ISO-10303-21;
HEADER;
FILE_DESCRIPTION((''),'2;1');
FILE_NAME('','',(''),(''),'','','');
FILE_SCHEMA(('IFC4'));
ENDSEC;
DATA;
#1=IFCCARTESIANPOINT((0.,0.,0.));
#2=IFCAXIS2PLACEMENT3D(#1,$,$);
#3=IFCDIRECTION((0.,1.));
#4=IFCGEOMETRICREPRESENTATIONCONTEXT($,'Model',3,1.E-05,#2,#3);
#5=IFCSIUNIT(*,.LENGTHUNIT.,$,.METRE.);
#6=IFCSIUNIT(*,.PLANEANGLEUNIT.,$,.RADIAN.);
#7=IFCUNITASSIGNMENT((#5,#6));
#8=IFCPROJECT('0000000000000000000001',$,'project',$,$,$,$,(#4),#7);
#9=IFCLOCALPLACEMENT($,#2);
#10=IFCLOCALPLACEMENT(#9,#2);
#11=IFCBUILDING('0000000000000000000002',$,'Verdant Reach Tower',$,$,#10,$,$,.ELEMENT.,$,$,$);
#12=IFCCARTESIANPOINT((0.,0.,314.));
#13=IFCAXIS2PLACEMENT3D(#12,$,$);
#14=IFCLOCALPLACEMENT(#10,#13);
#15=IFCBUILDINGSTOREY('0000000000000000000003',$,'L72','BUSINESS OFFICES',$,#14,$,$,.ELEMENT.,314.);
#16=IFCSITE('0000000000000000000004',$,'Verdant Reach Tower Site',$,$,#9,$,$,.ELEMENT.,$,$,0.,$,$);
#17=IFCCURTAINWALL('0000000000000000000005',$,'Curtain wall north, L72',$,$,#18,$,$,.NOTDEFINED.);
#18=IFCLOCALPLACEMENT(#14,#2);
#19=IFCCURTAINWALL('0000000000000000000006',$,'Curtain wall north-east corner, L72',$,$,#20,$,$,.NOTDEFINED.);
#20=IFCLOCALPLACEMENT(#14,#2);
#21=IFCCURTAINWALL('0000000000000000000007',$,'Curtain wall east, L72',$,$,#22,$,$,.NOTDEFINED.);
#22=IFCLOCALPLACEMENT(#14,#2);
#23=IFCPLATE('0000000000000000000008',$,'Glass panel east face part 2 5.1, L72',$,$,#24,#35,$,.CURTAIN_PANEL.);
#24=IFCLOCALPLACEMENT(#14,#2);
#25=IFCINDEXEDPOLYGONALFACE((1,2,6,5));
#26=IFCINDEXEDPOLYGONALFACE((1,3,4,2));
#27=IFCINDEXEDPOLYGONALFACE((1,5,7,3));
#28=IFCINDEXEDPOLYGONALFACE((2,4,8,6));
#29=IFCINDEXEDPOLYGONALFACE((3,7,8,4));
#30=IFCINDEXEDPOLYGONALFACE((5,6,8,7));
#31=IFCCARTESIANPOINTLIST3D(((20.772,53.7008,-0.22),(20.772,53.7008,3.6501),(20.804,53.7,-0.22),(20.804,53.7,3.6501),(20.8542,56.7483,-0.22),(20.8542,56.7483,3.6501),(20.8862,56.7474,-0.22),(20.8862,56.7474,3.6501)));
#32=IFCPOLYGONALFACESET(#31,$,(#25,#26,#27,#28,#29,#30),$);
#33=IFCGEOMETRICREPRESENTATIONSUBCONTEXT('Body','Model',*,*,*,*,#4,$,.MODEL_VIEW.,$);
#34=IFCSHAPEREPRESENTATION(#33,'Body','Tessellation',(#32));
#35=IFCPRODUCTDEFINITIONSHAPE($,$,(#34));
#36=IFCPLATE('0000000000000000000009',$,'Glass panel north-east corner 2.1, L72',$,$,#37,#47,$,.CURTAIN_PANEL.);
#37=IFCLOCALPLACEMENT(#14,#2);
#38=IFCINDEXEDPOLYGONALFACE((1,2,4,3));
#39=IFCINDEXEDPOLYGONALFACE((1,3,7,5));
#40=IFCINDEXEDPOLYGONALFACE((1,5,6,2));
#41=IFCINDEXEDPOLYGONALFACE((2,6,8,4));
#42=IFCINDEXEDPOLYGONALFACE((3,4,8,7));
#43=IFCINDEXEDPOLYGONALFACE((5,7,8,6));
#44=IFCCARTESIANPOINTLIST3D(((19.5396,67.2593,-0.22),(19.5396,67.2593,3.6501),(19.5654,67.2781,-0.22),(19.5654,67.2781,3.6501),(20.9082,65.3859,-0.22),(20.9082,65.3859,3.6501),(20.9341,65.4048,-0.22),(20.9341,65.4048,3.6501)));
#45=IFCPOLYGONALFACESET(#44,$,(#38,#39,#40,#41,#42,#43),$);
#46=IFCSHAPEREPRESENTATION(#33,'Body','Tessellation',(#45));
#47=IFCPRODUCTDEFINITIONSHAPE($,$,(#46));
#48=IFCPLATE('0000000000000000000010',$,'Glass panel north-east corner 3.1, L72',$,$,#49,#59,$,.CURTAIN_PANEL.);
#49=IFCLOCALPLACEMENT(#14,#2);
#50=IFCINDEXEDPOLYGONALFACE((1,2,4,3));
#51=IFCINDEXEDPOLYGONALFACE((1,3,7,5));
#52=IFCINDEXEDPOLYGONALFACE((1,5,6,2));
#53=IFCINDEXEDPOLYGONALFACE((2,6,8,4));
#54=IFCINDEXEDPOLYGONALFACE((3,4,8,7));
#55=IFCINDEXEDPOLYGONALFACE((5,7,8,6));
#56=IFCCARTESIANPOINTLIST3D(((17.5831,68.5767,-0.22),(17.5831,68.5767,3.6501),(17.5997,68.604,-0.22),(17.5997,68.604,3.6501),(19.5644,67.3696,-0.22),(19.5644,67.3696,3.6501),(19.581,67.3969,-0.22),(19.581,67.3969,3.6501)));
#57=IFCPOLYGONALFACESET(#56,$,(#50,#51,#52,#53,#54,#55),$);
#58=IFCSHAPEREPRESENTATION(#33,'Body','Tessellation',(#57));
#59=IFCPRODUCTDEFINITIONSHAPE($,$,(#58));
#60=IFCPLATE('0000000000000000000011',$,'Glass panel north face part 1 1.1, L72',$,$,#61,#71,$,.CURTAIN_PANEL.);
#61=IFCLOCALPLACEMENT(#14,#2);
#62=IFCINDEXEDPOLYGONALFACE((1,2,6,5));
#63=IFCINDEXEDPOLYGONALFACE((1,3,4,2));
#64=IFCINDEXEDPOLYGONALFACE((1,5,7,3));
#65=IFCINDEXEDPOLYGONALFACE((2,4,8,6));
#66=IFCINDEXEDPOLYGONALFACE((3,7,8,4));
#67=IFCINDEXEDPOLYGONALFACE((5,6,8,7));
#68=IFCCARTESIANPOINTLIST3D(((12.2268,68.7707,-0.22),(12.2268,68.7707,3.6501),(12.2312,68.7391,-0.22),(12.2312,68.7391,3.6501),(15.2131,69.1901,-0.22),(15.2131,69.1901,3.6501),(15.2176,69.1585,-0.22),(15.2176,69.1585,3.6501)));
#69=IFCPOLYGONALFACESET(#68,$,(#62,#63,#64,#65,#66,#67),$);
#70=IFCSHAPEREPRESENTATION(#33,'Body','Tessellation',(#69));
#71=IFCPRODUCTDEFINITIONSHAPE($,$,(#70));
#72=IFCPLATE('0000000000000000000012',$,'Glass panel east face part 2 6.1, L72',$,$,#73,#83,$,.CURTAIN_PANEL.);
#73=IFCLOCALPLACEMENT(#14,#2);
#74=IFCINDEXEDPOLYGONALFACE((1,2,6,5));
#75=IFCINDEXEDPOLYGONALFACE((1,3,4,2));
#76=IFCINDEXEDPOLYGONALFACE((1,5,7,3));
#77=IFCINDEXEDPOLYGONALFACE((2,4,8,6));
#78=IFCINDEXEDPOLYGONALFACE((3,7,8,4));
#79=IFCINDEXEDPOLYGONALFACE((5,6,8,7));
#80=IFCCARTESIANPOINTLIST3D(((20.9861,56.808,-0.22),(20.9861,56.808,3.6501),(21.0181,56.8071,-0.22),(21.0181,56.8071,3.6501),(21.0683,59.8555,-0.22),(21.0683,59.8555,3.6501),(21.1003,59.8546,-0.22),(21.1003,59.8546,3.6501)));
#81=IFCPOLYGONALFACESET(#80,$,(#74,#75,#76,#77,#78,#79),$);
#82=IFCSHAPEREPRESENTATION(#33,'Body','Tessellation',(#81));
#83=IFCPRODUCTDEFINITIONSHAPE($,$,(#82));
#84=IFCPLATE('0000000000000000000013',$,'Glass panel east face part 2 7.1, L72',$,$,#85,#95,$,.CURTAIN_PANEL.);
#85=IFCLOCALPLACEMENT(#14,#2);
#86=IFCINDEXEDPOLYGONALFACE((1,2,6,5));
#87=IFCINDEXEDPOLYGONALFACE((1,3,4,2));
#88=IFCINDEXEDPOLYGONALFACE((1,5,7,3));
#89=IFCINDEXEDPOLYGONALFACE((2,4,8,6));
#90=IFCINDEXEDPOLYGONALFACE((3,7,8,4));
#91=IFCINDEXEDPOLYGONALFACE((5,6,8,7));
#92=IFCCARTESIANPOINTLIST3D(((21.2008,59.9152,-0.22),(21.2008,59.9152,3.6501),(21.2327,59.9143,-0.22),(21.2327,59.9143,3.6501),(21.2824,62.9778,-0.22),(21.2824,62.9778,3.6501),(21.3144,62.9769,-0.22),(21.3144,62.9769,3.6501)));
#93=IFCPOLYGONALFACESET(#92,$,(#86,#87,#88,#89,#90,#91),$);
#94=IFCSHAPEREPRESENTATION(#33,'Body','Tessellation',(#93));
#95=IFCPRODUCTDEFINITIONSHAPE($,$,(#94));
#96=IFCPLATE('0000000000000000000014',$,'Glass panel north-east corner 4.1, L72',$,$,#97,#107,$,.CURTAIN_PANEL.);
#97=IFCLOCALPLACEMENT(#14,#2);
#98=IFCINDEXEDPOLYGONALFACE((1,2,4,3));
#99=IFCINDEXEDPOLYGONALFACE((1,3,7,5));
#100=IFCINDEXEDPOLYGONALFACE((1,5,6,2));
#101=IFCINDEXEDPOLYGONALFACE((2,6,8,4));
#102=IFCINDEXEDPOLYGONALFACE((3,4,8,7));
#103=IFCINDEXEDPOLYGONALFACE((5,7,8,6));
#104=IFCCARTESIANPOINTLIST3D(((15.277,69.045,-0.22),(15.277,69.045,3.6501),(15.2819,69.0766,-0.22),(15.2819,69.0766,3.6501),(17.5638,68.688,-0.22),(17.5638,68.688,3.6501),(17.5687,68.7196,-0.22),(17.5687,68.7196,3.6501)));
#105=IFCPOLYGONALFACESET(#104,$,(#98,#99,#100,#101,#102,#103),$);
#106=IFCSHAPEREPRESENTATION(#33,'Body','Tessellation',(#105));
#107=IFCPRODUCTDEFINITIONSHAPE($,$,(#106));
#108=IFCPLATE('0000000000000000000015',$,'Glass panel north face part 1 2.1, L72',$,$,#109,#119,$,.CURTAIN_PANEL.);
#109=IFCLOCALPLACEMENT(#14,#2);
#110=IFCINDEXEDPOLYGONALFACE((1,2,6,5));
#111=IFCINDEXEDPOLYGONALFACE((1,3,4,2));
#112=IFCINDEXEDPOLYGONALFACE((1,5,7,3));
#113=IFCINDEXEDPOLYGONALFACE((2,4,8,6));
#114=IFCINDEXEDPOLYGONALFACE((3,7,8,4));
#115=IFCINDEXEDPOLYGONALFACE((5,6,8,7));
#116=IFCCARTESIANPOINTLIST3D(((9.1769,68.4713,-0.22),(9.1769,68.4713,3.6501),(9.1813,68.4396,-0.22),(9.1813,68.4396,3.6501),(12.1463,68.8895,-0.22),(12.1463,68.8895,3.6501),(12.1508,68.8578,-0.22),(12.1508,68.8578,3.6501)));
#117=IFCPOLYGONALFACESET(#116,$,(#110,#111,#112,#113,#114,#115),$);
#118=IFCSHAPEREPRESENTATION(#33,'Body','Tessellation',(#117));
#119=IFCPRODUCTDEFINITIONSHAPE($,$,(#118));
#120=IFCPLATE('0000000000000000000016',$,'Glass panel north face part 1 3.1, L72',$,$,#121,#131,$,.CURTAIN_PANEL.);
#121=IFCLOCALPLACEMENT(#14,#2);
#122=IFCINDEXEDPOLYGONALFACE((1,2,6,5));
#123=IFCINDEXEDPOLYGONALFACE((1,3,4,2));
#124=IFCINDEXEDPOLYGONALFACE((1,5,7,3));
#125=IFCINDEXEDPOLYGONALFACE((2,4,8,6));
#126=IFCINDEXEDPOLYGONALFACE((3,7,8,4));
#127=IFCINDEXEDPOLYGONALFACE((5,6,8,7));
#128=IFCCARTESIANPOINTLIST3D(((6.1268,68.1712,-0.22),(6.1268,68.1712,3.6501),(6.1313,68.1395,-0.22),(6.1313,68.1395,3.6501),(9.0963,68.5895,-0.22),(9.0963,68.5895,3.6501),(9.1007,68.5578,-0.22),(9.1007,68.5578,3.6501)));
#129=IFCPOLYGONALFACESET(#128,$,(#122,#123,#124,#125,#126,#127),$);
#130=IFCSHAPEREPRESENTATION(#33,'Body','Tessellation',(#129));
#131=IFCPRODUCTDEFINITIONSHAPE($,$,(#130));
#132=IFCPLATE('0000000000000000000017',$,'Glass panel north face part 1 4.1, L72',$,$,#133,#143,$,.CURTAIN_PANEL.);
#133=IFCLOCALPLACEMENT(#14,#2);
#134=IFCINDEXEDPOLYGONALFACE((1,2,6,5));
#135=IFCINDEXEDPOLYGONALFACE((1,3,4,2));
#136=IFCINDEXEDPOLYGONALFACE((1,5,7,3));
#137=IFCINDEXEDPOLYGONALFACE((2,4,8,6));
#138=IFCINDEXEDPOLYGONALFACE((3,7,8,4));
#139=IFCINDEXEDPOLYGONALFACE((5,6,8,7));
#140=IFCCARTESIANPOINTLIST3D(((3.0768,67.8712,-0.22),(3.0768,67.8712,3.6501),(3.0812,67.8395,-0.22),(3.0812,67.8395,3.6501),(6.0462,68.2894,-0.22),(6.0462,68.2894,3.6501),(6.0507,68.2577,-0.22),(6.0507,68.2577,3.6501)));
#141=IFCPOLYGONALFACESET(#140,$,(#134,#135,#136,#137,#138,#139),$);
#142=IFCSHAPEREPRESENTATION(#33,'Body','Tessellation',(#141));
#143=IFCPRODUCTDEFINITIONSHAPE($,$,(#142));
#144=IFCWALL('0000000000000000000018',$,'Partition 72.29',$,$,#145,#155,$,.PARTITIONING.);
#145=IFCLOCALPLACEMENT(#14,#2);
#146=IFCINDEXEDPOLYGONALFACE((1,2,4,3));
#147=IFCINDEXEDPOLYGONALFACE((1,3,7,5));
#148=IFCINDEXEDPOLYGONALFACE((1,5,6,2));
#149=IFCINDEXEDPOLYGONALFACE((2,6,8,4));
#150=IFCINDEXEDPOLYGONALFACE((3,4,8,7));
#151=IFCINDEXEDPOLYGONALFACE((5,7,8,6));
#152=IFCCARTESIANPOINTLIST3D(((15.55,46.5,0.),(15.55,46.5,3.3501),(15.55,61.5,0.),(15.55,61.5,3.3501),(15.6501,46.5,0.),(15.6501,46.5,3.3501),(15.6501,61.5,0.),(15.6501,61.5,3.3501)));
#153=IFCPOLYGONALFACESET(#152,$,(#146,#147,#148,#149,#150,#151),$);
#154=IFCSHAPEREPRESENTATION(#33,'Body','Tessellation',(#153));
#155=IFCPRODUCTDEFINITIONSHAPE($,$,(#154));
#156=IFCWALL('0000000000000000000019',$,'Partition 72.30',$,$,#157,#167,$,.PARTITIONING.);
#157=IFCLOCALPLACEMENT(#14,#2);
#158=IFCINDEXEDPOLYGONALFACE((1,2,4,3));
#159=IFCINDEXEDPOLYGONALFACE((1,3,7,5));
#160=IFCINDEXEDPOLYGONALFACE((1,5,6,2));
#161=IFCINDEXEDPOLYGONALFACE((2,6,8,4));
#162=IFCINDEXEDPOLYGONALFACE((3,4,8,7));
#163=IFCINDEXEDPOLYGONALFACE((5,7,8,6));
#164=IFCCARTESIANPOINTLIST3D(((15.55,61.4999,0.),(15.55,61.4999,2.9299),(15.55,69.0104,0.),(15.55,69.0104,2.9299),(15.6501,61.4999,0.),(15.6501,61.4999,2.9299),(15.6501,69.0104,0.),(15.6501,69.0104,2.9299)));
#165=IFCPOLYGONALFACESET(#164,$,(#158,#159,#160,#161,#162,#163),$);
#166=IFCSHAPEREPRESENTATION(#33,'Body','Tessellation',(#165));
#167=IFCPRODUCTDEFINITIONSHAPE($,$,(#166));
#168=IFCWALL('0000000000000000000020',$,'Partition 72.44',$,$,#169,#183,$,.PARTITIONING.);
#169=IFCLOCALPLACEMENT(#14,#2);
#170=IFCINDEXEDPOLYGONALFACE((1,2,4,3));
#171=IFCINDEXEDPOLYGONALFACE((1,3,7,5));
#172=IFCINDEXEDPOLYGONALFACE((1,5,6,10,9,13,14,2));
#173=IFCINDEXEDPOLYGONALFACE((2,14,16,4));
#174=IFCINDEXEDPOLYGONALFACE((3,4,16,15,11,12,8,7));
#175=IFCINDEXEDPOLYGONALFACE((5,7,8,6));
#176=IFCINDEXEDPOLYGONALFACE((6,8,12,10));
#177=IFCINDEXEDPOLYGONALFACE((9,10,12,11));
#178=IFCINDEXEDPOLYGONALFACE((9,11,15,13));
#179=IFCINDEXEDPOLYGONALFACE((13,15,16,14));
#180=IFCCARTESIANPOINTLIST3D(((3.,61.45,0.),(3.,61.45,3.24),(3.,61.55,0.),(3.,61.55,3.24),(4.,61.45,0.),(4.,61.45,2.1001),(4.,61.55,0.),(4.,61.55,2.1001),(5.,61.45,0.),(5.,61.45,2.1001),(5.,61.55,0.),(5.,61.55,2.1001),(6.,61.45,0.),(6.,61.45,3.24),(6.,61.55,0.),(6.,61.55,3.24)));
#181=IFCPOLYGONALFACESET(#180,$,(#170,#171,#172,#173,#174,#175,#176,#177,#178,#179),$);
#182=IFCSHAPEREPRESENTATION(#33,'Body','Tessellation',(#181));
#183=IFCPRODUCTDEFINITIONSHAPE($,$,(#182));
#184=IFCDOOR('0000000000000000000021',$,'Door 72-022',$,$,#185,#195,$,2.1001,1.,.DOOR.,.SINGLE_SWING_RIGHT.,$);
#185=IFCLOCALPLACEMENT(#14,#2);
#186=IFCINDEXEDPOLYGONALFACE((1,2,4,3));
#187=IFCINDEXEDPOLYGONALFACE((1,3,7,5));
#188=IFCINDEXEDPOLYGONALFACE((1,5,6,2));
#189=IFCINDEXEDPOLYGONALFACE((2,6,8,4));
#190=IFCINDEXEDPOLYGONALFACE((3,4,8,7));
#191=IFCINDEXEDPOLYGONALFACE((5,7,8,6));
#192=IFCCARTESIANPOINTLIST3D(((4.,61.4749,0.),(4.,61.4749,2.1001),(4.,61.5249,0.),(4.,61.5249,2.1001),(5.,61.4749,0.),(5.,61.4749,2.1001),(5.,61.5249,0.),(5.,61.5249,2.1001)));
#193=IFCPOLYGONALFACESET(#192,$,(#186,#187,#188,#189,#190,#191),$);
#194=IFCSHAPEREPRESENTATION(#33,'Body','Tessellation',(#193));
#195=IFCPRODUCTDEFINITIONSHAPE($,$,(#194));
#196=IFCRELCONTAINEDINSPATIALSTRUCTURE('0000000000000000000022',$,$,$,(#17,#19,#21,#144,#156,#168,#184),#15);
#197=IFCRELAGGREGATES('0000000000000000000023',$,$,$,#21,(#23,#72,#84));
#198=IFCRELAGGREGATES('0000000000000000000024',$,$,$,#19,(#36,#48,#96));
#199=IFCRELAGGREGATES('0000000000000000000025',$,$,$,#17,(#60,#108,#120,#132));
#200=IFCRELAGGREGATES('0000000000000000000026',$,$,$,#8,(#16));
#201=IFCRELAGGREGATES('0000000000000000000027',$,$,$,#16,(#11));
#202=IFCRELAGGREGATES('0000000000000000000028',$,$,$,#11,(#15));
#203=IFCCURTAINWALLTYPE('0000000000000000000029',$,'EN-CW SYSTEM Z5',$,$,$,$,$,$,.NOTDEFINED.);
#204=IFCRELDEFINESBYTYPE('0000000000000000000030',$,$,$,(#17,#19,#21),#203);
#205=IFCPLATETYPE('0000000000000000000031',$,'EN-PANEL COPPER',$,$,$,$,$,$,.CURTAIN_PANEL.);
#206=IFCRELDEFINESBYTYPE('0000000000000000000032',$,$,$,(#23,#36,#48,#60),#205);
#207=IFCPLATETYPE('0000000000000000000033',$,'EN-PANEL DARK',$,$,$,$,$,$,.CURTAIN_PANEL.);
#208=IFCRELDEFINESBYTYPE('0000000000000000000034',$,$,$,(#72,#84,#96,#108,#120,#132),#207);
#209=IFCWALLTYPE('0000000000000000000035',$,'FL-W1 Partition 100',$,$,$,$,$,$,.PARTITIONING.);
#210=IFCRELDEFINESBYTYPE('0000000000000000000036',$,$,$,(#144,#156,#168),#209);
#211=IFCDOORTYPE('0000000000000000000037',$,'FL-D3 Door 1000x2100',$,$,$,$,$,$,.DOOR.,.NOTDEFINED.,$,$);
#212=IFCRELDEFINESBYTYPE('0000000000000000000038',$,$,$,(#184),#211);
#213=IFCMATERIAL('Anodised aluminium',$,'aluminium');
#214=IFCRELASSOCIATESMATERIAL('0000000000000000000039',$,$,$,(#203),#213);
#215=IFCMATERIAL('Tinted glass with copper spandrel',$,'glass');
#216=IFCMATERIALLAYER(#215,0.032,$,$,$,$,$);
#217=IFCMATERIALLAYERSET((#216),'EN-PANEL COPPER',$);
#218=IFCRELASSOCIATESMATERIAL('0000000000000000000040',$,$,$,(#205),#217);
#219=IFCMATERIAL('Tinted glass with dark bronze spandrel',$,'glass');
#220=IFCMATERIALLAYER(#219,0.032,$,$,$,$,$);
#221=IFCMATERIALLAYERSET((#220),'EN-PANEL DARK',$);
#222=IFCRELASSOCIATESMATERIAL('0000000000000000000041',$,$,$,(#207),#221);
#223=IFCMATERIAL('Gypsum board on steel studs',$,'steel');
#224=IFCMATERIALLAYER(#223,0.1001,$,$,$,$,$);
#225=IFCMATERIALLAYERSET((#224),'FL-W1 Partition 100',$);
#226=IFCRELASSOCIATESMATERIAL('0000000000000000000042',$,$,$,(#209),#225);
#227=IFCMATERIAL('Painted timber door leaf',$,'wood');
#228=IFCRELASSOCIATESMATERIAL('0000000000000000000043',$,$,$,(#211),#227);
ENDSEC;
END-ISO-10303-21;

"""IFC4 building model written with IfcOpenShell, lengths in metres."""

from ifc_helpers import new_model, si_unit, direction, frame, frame_2d, origin, origin_2d, place, context, subcontext, project, spatial, rectangle, extrude, material, layer, layer_set, type_object, element, fill, aggregate, save


model = new_model("IFC4")

# Units and contexts
model_context = context("Model", 3, precision=1e-05, world=origin(), true_north=direction((0.0, 1.0)))
body_context = subcontext(model_context, "Body", "Model", "MODEL_VIEW")
ifc_project = project(units=[si_unit("LENGTHUNIT", "METRE"), si_unit("PLANEANGLEUNIT", "RADIAN")], contexts=[model_context])

# Site, building, storey
site_placement = place(None, origin())
site = spatial("IfcSite", under=ifc_project, at=site_placement, Name="Verdant Reach Tower Site", CompositionType="ELEMENT", RefElevation=0.0)
building_placement = place(site_placement, origin())
building = spatial("IfcBuilding", under=site, at=building_placement, Name="Verdant Reach Tower", CompositionType="ELEMENT")
storey_placement = place(building_placement, frame((0.0, 0.0, 314.0)))
storey = spatial("IfcBuildingStorey", under=building, at=storey_placement, Name="L72", Description="BUSINESS OFFICES", CompositionType="ELEMENT", Elevation=314.0)

# Curtain wall
ifc_material_1 = material(Name="Anodised aluminium", Category="aluminium")
curtain_wall_type = type_object("IfcCurtainWallType", Name="EN-CW SYSTEM Z5", PredefinedType="NOTDEFINED", material=ifc_material_1)
curtain_wall_1_placement = place(storey_placement, origin())
curtain_wall_1 = element("IfcCurtainWall", 1, at=curtain_wall_1_placement, inside=storey, type_object=curtain_wall_type, Name="Curtain wall north, L72", PredefinedType="NOTDEFINED")

# Curtain wall
curtain_wall_2_placement = place(storey_placement, origin())
curtain_wall_2 = element("IfcCurtainWall", 2, at=curtain_wall_2_placement, inside=storey, type_object=curtain_wall_type, Name="Curtain wall north-east corner, L72", PredefinedType="NOTDEFINED")

# Curtain wall, plate
curtain_wall_3_placement = place(storey_placement, origin())
curtain_wall_3 = element("IfcCurtainWall", 3, at=curtain_wall_3_placement, inside=storey, type_object=curtain_wall_type, Name="Curtain wall east, L72", PredefinedType="NOTDEFINED")
ifc_material_2 = material(Name="Tinted glass with copper spandrel", Category="glass")
ifc_layer_1 = layer(ifc_material_2, 0.032)
ifc_layer_set_1 = layer_set([ifc_layer_1], Name="EN-PANEL COPPER")
plate_type_1 = type_object("IfcPlateType", Name="EN-PANEL COPPER", PredefinedType="CURTAIN_PANEL", material=ifc_layer_set_1)
plate_1_placement = place(storey_placement, frame((20.8291, 55.2241, -0.22), z_axis=(0.0, 0.0, 1.0), x_axis=(0.026965, 0.999636, 0.0)))
plate_1 = element("IfcPlate", 4, at=plate_1_placement, type_object=plate_type_1, Name="Glass panel east face part 2 5.1, L72", PredefinedType="CURTAIN_PANEL", context=body_context, shape_type="SweptSolid", body=[
    extrude(rectangle(XDim=3.0486, YDim=0.032, at=origin_2d()), origin(), (0.0, 0.0, 1.0), 3.8701),
])

# Plates
plate_2_placement = place(storey_placement, frame((20.2368, 66.332, -0.22), z_axis=(0.0, 0.0, 1.0), x_axis=(-0.589927, 0.807457, 0.0)))
plate_2 = element("IfcPlate", 5, at=plate_2_placement, type_object=plate_type_1, Name="Glass panel north-east corner 2.1, L72", PredefinedType="CURTAIN_PANEL", context=body_context, shape_type="SweptSolid", body=[
    extrude(rectangle(XDim=2.3201, YDim=0.032, at=origin_2d()), origin(), (0.0, 0.0, 1.0), 3.8701),
])
plate_3_placement = place(storey_placement, frame((18.582, 67.9868, -0.22), z_axis=(0.0, 0.0, 1.0), x_axis=(-0.853989, 0.520292, 0.0)))
plate_3 = element("IfcPlate", 6, at=plate_3_placement, type_object=plate_type_1, Name="Glass panel north-east corner 3.1, L72", PredefinedType="CURTAIN_PANEL", context=body_context, shape_type="SweptSolid", body=[
    extrude(rectangle(XDim=2.3201, YDim=0.032, at=origin_2d()), origin(), (0.0, 0.0, 1.0), 3.8701),
])
plate_4_placement = place(storey_placement, frame((13.7222, 68.9646, -0.22), z_axis=(0.0, 0.0, 1.0), x_axis=(-0.990282, -0.139077, 0.0)))
plate_4 = element("IfcPlate", 7, at=plate_4_placement, type_object=plate_type_1, Name="Glass panel north face part 1 1.1, L72", PredefinedType="CURTAIN_PANEL", context=body_context, shape_type="SweptSolid", body=[
    extrude(rectangle(XDim=3.0156, YDim=0.032, at=origin_2d()), origin(), (0.0, 0.0, 1.0), 3.8701),
])
ifc_material_3 = material(Name="Tinted glass with dark bronze spandrel", Category="glass")
ifc_layer_2 = layer(ifc_material_3, 0.032)
ifc_layer_set_2 = layer_set([ifc_layer_2], Name="EN-PANEL DARK")
plate_type_2 = type_object("IfcPlateType", Name="EN-PANEL DARK", PredefinedType="CURTAIN_PANEL", material=ifc_layer_set_2)
plate_5_placement = place(storey_placement, frame((21.0432, 58.3313, -0.22), z_axis=(0.0, 0.0, 1.0), x_axis=(0.026965, 0.999636, 0.0)))
plate_5 = element("IfcPlate", 8, at=plate_5_placement, type_object=plate_type_2, Name="Glass panel east face part 2 6.1, L72", PredefinedType="CURTAIN_PANEL", context=body_context, shape_type="SweptSolid", body=[
    extrude(rectangle(XDim=3.0486, YDim=0.032, at=origin_2d()), origin(), (0.0, 0.0, 1.0), 3.8701),
])
plate_6_placement = place(storey_placement, frame((21.2576, 61.446, -0.22), z_axis=(0.0, 0.0, 1.0), x_axis=(0.026643, 0.999645, 0.0)))
plate_6 = element("IfcPlate", 9, at=plate_6_placement, type_object=plate_type_2, Name="Glass panel east face part 2 7.1, L72", PredefinedType="CURTAIN_PANEL", context=body_context, shape_type="SweptSolid", body=[
    extrude(rectangle(XDim=3.0637, YDim=0.032, at=origin_2d()), origin(), (0.0, 0.0, 1.0), 3.8701),
])
aggregate(curtain_wall_3, [plate_1, plate_5, plate_6])
plate_7_placement = place(storey_placement, frame((16.4229, 68.8823, -0.22), z_axis=(0.0, 0.0, 1.0), x_axis=(-0.988033, 0.15424, 0.0)))
plate_7 = element("IfcPlate", 10, at=plate_7_placement, type_object=plate_type_2, Name="Glass panel north-east corner 4.1, L72", PredefinedType="CURTAIN_PANEL", context=body_context, shape_type="SweptSolid", body=[
    extrude(rectangle(XDim=2.3145, YDim=0.032, at=origin_2d()), origin(), (0.0, 0.0, 1.0), 3.8701),
])
aggregate(curtain_wall_2, [plate_2, plate_3, plate_7])
plate_8_placement = place(storey_placement, frame((10.6638, 68.6646, -0.22), z_axis=(0.0, 0.0, 1.0), x_axis=(-0.990225, -0.139477, 0.0)))
plate_8 = element("IfcPlate", 11, at=plate_8_placement, type_object=plate_type_2, Name="Glass panel north face part 1 2.1, L72", PredefinedType="CURTAIN_PANEL", context=body_context, shape_type="SweptSolid", body=[
    extrude(rectangle(XDim=2.9988, YDim=0.032, at=origin_2d()), origin(), (0.0, 0.0, 1.0), 3.8701),
])
plate_9_placement = place(storey_placement, frame((7.6138, 68.3645, -0.22), z_axis=(0.0, 0.0, 1.0), x_axis=(-0.990225, -0.139477, 0.0)))
plate_9 = element("IfcPlate", 12, at=plate_9_placement, type_object=plate_type_2, Name="Glass panel north face part 1 3.1, L72", PredefinedType="CURTAIN_PANEL", context=body_context, shape_type="SweptSolid", body=[
    extrude(rectangle(XDim=2.9988, YDim=0.032, at=origin_2d()), origin(), (0.0, 0.0, 1.0), 3.8701),
])
plate_10_placement = place(storey_placement, frame((4.5637, 68.0645, -0.22), z_axis=(0.0, 0.0, 1.0), x_axis=(-0.990225, -0.139477, 0.0)))
plate_10 = element("IfcPlate", 13, at=plate_10_placement, type_object=plate_type_2, Name="Glass panel north face part 1 4.1, L72", PredefinedType="CURTAIN_PANEL", context=body_context, shape_type="SweptSolid", body=[
    extrude(rectangle(XDim=2.9988, YDim=0.032, at=origin_2d()), origin(), (0.0, 0.0, 1.0), 3.8701),
])
aggregate(curtain_wall_1, [plate_4, plate_8, plate_9, plate_10])

# Walls
ifc_material_4 = material(Name="Gypsum board on steel studs", Category="steel")
ifc_layer_3 = layer(ifc_material_4, 0.1001)
ifc_layer_set_3 = layer_set([ifc_layer_3], Name="FL-W1 Partition 100")
wall_type = type_object("IfcWallType", Name="FL-W1 Partition 100", PredefinedType="PARTITIONING", material=ifc_layer_set_3)
wall_1_placement = place(storey_placement, frame((15.6001, 61.5, 0.0), z_axis=(0.0, 0.0, 1.0), x_axis=(0.0, -1.0, 0.0)))
element("IfcWall", 14, at=wall_1_placement, inside=storey, type_object=wall_type, Name="Partition 72.29", PredefinedType="PARTITIONING", context=body_context, shape_type="SweptSolid", body=[
    extrude(rectangle(XDim=15.0, YDim=0.1001, at=frame_2d((7.5, 0.0))), origin(), (0.0, 0.0, 1.0), 3.3501),
])
wall_2_placement = place(storey_placement, frame((15.6001, 69.0105, 0.0), z_axis=(0.0, 0.0, 1.0), x_axis=(0.0, -1.0, 0.0)))
element("IfcWall", 15, at=wall_2_placement, inside=storey, type_object=wall_type, Name="Partition 72.30", PredefinedType="PARTITIONING", context=body_context, shape_type="SweptSolid", body=[
    extrude(rectangle(XDim=7.5105, YDim=0.1001, at=frame_2d((3.7554, 0.0))), origin(), (0.0, 0.0, 1.0), 2.9299),
])

# Wall, opening, door
wall_3_placement = place(storey_placement, frame((3.0, 61.5, 0.0), z_axis=(0.0, 0.0, 1.0), x_axis=(1.0, 0.0, 0.0)))
wall_3 = element("IfcWall", 16, at=wall_3_placement, inside=storey, type_object=wall_type, Name="Partition 72.44", PredefinedType="PARTITIONING", context=body_context, shape_type="SweptSolid", body=[
    extrude(rectangle(XDim=3.0, YDim=0.1001, at=frame_2d((1.5, 0.0))), origin(), (0.0, 0.0, 1.0), 3.24),
])
opening_1_placement = place(wall_3_placement, frame((1.0, 0.0, 0.0)))
opening_1 = element("IfcOpeningElement", 17, at=opening_1_placement, cuts=wall_3, PredefinedType="OPENING", context=body_context, shape_type="SweptSolid", body=[
    extrude(rectangle(XDim=1.0, YDim=2.1001, at=frame_2d((0.5, 1.05))), frame((0.0, 0.0601, 0.0), z_axis=(0.0, -1.0, 0.0), x_axis=(1.0, 0.0, 0.0)), (0.0, 0.0, 1.0), 0.1201),
])
ifc_material_5 = material(Name="Painted timber door leaf", Category="wood")
door_type = type_object("IfcDoorType", Name="FL-D3 Door 1000x2100", OperationType="NOTDEFINED", PredefinedType="DOOR", material=ifc_material_5)
door_1_placement = place(opening_1_placement, origin())
door_1 = element("IfcDoor", 18, at=door_1_placement, inside=storey, type_object=door_type, Name="Door 72-022", OperationType="SINGLE_SWING_RIGHT", OverallHeight=2.1001, OverallWidth=1.0, PredefinedType="DOOR", context=body_context, shape_type="SweptSolid", body=[
    extrude(rectangle(XDim=1.0, YDim=2.1001, at=frame_2d((0.5, 1.05))), frame((0.0, 0.0249, 0.0), z_axis=(0.0, -1.0, 0.0), x_axis=(1.0, 0.0, 0.0)), (0.0, 0.0, 1.0), 0.05),
])
fill(opening_1, door_1)

save(model, "model.ifc")
